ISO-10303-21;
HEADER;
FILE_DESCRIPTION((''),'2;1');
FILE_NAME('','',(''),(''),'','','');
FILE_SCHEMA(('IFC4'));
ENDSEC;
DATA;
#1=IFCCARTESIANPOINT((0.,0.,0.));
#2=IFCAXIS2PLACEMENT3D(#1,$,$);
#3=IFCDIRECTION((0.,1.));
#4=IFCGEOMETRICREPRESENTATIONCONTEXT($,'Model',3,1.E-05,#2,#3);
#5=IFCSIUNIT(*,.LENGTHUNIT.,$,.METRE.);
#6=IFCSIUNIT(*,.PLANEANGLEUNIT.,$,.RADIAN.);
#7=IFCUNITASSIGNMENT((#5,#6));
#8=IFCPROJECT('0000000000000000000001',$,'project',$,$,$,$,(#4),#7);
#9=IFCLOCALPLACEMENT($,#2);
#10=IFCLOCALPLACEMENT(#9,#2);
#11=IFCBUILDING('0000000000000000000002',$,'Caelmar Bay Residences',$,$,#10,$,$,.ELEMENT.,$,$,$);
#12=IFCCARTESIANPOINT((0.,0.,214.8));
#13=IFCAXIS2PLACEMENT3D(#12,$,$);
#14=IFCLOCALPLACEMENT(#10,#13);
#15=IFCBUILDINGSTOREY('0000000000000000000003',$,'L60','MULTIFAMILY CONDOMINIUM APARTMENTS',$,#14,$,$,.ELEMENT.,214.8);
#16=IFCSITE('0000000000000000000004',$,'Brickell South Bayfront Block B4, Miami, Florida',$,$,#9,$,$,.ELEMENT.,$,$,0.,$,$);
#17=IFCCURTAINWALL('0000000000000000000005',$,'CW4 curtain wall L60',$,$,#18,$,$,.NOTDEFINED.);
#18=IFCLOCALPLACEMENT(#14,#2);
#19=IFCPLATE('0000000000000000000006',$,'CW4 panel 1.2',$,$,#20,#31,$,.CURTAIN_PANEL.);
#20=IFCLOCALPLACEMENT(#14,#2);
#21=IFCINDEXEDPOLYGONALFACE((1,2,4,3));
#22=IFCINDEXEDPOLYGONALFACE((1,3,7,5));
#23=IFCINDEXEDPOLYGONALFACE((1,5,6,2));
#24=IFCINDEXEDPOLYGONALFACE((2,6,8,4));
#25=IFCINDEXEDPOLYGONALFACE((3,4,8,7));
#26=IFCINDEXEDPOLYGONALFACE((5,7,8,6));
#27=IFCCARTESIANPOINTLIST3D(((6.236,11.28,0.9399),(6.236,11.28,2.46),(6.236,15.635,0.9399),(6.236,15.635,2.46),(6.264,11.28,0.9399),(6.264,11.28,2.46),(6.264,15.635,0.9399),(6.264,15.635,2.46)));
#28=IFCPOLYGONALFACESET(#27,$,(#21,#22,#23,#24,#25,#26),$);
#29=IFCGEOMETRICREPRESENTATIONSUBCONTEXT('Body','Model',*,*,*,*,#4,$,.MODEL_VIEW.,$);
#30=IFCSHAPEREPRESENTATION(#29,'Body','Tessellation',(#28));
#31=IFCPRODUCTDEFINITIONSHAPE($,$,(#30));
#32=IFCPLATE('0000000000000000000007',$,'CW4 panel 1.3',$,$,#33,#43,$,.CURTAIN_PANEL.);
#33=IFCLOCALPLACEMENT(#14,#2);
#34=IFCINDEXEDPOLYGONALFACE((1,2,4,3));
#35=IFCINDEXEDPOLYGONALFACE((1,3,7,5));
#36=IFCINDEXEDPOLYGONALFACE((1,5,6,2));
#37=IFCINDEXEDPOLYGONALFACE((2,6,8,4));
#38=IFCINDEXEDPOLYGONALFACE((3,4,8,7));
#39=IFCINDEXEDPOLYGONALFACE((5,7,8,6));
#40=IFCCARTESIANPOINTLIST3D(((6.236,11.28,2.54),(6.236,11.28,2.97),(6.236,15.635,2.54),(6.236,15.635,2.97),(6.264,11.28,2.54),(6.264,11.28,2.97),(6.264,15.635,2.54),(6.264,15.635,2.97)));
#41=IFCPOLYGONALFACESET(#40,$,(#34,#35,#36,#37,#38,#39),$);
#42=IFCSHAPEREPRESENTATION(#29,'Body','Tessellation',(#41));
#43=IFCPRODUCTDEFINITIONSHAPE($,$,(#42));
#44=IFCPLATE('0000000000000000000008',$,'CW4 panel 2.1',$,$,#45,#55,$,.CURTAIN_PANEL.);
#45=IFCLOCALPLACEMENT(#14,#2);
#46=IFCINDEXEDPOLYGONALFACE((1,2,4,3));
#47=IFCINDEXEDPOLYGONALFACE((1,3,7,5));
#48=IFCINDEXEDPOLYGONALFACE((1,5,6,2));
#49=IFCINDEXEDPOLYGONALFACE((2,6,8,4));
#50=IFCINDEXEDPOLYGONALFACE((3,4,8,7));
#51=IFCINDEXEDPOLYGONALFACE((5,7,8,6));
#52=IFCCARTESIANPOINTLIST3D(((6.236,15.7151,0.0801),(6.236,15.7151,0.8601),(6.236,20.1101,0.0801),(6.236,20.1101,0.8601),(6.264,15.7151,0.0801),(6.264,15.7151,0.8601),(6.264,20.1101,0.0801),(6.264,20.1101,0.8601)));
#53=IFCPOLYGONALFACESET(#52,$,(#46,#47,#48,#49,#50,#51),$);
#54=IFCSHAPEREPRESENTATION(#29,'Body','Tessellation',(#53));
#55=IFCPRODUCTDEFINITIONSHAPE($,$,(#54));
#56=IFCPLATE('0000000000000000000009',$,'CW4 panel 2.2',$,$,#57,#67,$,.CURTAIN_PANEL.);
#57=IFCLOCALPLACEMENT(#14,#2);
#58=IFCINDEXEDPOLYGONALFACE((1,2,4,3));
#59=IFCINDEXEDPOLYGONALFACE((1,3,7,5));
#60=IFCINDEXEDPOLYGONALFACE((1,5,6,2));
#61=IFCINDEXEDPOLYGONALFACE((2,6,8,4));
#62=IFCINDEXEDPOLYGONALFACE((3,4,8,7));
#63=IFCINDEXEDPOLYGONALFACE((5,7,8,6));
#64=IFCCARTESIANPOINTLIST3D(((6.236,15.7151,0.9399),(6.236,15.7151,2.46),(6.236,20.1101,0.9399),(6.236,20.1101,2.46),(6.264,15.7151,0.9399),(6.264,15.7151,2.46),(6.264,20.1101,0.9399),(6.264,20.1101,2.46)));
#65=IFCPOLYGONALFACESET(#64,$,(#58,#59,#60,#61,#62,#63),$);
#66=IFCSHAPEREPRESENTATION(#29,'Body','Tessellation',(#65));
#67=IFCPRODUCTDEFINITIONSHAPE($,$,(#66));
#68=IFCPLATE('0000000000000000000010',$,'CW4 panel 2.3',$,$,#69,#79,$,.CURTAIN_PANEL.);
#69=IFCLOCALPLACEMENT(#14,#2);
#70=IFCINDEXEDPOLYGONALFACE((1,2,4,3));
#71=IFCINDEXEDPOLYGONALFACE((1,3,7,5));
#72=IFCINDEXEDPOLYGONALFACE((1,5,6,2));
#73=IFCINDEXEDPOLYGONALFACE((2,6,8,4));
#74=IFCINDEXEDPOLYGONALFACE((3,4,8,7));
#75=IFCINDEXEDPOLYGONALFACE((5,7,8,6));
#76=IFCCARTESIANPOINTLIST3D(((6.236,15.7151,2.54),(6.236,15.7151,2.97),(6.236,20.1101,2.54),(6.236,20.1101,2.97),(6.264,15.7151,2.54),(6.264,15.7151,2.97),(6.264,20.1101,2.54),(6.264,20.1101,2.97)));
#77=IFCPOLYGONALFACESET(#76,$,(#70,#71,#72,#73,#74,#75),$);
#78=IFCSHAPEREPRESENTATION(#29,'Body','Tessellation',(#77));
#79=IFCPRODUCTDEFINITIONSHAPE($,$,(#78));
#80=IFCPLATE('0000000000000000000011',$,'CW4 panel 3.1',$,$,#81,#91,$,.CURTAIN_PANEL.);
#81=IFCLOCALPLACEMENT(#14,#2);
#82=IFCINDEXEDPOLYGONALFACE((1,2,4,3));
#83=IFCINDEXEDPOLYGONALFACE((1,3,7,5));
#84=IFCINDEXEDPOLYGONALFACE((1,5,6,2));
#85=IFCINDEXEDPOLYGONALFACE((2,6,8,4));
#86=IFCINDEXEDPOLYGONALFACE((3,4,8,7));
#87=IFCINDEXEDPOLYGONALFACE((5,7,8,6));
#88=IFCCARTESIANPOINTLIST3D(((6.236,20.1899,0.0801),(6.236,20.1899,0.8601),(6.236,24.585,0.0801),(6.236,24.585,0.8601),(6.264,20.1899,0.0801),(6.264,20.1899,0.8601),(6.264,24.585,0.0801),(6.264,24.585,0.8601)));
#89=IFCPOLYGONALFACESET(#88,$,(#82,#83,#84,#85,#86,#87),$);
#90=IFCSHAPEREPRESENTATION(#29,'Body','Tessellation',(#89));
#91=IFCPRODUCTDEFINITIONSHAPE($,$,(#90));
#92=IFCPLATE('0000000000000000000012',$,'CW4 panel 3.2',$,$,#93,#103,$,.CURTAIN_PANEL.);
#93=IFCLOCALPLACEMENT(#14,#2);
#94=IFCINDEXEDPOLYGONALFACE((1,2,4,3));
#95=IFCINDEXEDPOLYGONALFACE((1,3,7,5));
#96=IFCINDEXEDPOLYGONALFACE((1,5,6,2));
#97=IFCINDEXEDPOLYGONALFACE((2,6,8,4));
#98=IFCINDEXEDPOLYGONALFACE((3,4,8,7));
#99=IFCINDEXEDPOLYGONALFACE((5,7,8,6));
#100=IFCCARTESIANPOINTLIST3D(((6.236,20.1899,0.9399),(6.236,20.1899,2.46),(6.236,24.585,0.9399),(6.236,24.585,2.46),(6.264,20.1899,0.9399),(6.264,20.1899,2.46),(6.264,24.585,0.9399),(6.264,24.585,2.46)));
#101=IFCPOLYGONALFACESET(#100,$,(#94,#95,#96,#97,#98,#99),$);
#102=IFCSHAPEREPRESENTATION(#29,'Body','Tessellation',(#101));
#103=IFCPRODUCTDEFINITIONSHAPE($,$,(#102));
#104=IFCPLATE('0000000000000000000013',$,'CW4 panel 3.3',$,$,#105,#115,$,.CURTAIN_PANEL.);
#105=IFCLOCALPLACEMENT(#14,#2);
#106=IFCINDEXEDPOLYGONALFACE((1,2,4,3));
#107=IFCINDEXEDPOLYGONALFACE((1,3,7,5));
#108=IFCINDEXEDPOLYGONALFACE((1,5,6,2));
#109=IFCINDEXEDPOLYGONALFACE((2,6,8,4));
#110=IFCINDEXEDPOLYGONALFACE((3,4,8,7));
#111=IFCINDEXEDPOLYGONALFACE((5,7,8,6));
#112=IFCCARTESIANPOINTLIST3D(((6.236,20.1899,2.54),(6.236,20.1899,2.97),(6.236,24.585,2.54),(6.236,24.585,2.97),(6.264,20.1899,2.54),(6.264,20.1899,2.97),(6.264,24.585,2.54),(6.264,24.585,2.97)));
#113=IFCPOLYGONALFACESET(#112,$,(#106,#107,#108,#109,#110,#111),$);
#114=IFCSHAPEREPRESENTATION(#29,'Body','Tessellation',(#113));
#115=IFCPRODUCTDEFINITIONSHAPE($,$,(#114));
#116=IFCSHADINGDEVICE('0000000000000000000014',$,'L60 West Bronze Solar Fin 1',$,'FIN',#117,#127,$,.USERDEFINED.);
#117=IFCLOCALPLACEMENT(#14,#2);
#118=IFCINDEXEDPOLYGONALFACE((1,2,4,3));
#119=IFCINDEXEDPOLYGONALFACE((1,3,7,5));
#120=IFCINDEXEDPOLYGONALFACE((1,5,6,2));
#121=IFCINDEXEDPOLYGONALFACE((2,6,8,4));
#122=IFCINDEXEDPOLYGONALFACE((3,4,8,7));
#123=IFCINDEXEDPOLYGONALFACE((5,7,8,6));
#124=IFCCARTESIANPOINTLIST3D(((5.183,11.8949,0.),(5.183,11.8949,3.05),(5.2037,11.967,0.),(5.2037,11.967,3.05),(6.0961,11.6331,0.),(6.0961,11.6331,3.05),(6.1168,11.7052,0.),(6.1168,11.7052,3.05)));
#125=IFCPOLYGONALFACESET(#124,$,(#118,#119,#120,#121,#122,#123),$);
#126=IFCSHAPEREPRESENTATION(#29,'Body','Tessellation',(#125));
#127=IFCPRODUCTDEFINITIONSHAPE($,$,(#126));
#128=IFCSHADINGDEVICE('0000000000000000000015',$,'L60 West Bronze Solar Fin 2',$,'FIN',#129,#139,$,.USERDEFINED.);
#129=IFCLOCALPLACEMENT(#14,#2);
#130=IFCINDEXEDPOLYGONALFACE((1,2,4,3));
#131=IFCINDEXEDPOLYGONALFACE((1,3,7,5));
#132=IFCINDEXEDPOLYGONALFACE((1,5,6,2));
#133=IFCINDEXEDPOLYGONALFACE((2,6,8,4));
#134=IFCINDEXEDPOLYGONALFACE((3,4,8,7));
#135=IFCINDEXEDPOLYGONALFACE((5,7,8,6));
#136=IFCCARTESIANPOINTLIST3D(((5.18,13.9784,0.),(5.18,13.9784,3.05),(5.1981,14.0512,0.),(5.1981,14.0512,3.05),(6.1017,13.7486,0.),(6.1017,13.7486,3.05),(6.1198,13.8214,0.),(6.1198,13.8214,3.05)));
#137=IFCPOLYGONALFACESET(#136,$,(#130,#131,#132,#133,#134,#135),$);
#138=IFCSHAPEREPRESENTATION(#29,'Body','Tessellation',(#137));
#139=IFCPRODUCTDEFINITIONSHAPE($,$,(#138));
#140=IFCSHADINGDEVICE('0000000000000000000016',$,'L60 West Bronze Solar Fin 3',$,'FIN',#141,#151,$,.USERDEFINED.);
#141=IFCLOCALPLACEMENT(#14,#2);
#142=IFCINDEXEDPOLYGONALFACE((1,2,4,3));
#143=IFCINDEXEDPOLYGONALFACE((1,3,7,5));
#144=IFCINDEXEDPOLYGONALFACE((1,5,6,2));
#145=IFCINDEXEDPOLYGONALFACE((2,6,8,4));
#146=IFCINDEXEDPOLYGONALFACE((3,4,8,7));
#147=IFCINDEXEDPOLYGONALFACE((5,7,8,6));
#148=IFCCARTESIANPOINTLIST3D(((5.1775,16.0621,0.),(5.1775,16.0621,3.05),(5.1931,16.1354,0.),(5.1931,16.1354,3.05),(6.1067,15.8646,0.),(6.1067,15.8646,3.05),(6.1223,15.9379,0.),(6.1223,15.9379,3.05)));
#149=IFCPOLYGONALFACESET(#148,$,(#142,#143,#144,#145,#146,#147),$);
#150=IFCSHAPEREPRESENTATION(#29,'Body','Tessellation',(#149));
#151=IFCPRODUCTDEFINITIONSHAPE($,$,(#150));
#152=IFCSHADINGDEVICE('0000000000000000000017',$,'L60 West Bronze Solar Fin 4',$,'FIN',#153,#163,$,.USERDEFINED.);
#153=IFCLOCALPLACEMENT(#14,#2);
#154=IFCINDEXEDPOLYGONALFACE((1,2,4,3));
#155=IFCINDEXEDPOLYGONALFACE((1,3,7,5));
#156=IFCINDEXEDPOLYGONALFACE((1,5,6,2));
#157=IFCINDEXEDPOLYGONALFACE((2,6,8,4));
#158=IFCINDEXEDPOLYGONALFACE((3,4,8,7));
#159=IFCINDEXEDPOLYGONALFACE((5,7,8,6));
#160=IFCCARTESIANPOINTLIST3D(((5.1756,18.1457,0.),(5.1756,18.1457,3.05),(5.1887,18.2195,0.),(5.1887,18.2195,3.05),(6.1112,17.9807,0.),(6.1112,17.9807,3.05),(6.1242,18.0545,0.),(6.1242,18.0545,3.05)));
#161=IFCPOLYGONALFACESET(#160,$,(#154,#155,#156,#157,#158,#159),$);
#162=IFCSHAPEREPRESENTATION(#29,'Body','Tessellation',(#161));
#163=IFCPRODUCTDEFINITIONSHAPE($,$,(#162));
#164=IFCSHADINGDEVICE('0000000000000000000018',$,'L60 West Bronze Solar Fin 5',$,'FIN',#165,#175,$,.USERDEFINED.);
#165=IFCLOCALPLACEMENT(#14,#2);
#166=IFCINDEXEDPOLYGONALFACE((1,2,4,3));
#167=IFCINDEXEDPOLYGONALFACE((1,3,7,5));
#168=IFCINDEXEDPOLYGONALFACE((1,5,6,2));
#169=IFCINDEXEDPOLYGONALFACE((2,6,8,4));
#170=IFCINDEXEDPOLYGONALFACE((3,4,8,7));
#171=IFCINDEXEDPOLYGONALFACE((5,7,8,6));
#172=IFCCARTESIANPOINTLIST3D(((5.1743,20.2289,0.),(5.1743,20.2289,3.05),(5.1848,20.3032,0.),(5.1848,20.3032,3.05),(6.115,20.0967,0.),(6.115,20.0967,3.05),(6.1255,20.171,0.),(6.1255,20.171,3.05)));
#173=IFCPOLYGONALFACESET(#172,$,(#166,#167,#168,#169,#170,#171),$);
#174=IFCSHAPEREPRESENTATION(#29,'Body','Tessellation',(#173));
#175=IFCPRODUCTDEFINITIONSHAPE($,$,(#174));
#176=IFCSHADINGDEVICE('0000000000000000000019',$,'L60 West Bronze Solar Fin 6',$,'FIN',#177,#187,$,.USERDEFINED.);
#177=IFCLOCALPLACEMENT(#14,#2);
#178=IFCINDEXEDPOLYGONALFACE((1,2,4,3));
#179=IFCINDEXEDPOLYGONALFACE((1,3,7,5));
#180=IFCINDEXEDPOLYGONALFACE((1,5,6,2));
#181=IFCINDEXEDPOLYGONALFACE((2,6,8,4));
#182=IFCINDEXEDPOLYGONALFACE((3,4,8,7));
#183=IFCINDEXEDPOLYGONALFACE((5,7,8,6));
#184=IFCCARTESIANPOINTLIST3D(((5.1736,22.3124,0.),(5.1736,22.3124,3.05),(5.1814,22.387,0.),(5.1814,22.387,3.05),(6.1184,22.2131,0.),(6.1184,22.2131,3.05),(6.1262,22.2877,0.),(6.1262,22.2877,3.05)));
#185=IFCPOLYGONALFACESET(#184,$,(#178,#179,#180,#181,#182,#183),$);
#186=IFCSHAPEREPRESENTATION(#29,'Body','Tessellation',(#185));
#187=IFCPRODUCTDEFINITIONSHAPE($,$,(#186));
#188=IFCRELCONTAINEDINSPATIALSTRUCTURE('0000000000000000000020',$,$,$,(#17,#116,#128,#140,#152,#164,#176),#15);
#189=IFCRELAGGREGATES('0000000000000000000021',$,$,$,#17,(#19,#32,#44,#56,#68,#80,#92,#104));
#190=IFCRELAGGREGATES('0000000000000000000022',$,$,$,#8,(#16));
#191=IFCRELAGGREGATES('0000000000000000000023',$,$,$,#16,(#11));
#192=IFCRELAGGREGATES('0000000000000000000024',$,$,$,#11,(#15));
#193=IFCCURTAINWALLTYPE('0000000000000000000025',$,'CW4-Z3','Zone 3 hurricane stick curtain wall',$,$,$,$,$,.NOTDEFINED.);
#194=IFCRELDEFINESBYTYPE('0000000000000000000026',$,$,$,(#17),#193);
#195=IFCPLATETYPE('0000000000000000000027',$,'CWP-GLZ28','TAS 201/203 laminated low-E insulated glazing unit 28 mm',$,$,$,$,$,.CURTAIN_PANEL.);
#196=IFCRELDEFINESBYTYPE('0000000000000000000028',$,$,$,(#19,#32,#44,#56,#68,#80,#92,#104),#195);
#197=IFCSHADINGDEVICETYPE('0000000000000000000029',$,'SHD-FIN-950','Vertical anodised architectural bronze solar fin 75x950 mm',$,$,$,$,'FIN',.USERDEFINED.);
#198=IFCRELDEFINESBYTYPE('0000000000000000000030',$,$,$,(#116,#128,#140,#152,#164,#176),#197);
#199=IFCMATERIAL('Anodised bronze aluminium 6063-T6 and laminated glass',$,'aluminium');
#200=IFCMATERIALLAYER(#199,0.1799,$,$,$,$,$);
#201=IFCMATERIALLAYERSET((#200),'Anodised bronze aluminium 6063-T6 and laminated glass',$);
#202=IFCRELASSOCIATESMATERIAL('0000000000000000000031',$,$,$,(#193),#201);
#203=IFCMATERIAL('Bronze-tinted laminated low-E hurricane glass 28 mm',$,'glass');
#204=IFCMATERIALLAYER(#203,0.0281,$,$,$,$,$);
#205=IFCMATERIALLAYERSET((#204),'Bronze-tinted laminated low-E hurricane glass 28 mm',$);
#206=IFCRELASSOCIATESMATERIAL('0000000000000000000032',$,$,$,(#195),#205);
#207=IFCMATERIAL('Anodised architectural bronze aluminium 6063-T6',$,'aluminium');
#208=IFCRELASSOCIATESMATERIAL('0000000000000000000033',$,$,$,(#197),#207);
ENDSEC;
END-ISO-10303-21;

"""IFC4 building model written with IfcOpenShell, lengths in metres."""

from ifc_helpers import new_model, si_unit, direction, frame, origin, origin_2d, place, context, subcontext, project, spatial, rectangle, extrude, material, layer, layer_set, material_profile, profile_set, type_object, element, aggregate, save


model = new_model("IFC4")

# Units and contexts
model_context = context("Model", 3, precision=1e-05, world=origin(), true_north=direction((0.0, 1.0)))
body_context = subcontext(model_context, "Body", "Model", "MODEL_VIEW")
ifc_project = project(units=[si_unit("LENGTHUNIT", "METRE"), si_unit("PLANEANGLEUNIT", "RADIAN")], contexts=[model_context])

# Site, building, storey
site_placement = place(None, origin())
site = spatial("IfcSite", under=ifc_project, at=site_placement, Name="Brickell South Bayfront Block B4, Miami, Florida", CompositionType="ELEMENT", RefElevation=0.0)
building_placement = place(site_placement, origin())
building = spatial("IfcBuilding", under=site, at=building_placement, Name="Caelmar Bay Residences", CompositionType="ELEMENT")
storey_placement = place(building_placement, frame((0.0, 0.0, 214.8)))
storey = spatial("IfcBuildingStorey", under=building, at=storey_placement, Name="L60", Description="MULTIFAMILY CONDOMINIUM APARTMENTS", CompositionType="ELEMENT", Elevation=214.8)

# Curtain wall, plates
ifc_material_1 = material(Name="Anodised bronze aluminium 6063-T6 and laminated glass", Category="aluminium")
ifc_layer_1 = layer(ifc_material_1, 0.1799)
ifc_layer_set_1 = layer_set([ifc_layer_1], Name="Anodised bronze aluminium 6063-T6 and laminated glass")
curtain_wall_type = type_object("IfcCurtainWallType", Name="CW4-Z3", Description="Zone 3 hurricane stick curtain wall", PredefinedType="NOTDEFINED", material=ifc_layer_set_1)
curtain_wall_placement = place(storey_placement, origin())
curtain_wall = element("IfcCurtainWall", 1, at=curtain_wall_placement, inside=storey, type_object=curtain_wall_type, Name="CW4 curtain wall L60", PredefinedType="NOTDEFINED")
ifc_material_2 = material(Name="Bronze-tinted laminated low-E hurricane glass 28 mm", Category="glass")
ifc_layer_2 = layer(ifc_material_2, 0.0281)
ifc_layer_set_2 = layer_set([ifc_layer_2], Name="Bronze-tinted laminated low-E hurricane glass 28 mm")
plate_type = type_object("IfcPlateType", Name="CWP-GLZ28", Description="TAS 201/203 laminated low-E insulated glazing unit 28 mm", PredefinedType="CURTAIN_PANEL", material=ifc_layer_set_2)
plate_1_placement = place(storey_placement, frame((6.25, 13.4575, 0.9399), z_axis=(0.0, 0.0, 1.0), x_axis=(0.0, 1.0, 0.0)))
plate_1 = element("IfcPlate", 2, at=plate_1_placement, type_object=plate_type, Name="CW4 panel 1.2", PredefinedType="CURTAIN_PANEL", context=body_context, shape_type="SweptSolid", body=[
    extrude(rectangle(XDim=4.355, YDim=0.0281, at=origin_2d()), origin(), (0.0, 0.0, 1.0), 1.52),
])
plate_2_placement = place(storey_placement, frame((6.25, 13.4575, 2.54), z_axis=(0.0, 0.0, 1.0), x_axis=(0.0, 1.0, 0.0)))
plate_2 = element("IfcPlate", 3, at=plate_2_placement, type_object=plate_type, Name="CW4 panel 1.3", PredefinedType="CURTAIN_PANEL", context=body_context, shape_type="SweptSolid", body=[
    extrude(rectangle(XDim=4.355, YDim=0.0281, at=origin_2d()), origin(), (0.0, 0.0, 1.0), 0.4299),
])
plate_3_placement = place(storey_placement, frame((6.25, 17.9126, 0.0801), z_axis=(0.0, 0.0, 1.0), x_axis=(0.0, 1.0, 0.0)))
plate_3 = element("IfcPlate", 4, at=plate_3_placement, type_object=plate_type, Name="CW4 panel 2.1", PredefinedType="CURTAIN_PANEL", context=body_context, shape_type="SweptSolid", body=[
    extrude(rectangle(XDim=4.395, YDim=0.0281, at=origin_2d()), origin(), (0.0, 0.0, 1.0), 0.78),
])
plate_4_placement = place(storey_placement, frame((6.25, 17.9126, 0.9399), z_axis=(0.0, 0.0, 1.0), x_axis=(0.0, 1.0, 0.0)))
plate_4 = element("IfcPlate", 5, at=plate_4_placement, type_object=plate_type, Name="CW4 panel 2.2", PredefinedType="CURTAIN_PANEL", context=body_context, shape_type="SweptSolid", body=[
    extrude(rectangle(XDim=4.395, YDim=0.0281, at=origin_2d()), origin(), (0.0, 0.0, 1.0), 1.52),
])
plate_5_placement = place(storey_placement, frame((6.25, 17.9126, 2.54), z_axis=(0.0, 0.0, 1.0), x_axis=(0.0, 1.0, 0.0)))
plate_5 = element("IfcPlate", 6, at=plate_5_placement, type_object=plate_type, Name="CW4 panel 2.3", PredefinedType="CURTAIN_PANEL", context=body_context, shape_type="SweptSolid", body=[
    extrude(rectangle(XDim=4.395, YDim=0.0281, at=origin_2d()), origin(), (0.0, 0.0, 1.0), 0.4299),
])
plate_6_placement = place(storey_placement, frame((6.25, 22.3875, 0.0801), z_axis=(0.0, 0.0, 1.0), x_axis=(0.0, 1.0, 0.0)))
plate_6 = element("IfcPlate", 7, at=plate_6_placement, type_object=plate_type, Name="CW4 panel 3.1", PredefinedType="CURTAIN_PANEL", context=body_context, shape_type="SweptSolid", body=[
    extrude(rectangle(XDim=4.395, YDim=0.0281, at=origin_2d()), origin(), (0.0, 0.0, 1.0), 0.78),
])
plate_7_placement = place(storey_placement, frame((6.25, 22.3875, 0.9399), z_axis=(0.0, 0.0, 1.0), x_axis=(0.0, 1.0, 0.0)))
plate_7 = element("IfcPlate", 8, at=plate_7_placement, type_object=plate_type, Name="CW4 panel 3.2", PredefinedType="CURTAIN_PANEL", context=body_context, shape_type="SweptSolid", body=[
    extrude(rectangle(XDim=4.395, YDim=0.0281, at=origin_2d()), origin(), (0.0, 0.0, 1.0), 1.52),
])
plate_8_placement = place(storey_placement, frame((6.25, 22.3875, 2.54), z_axis=(0.0, 0.0, 1.0), x_axis=(0.0, 1.0, 0.0)))
plate_8 = element("IfcPlate", 9, at=plate_8_placement, type_object=plate_type, Name="CW4 panel 3.3", PredefinedType="CURTAIN_PANEL", context=body_context, shape_type="SweptSolid", body=[
    extrude(rectangle(XDim=4.395, YDim=0.0281, at=origin_2d()), origin(), (0.0, 0.0, 1.0), 0.4299),
])
aggregate(curtain_wall, [plate_1, plate_2, plate_3, plate_4, plate_5, plate_6, plate_7, plate_8])

# Shading devices
ifc_material_3 = material(Name="Anodised architectural bronze aluminium 6063-T6", Category="aluminium")
ifc_material_profile_1 = material_profile(ifc_material_3, rectangle(XDim=0.075, YDim=0.95, at=origin_2d()), Name="BRONZE-FIN-75X950")
ifc_profile_set_1 = profile_set([ifc_material_profile_1], Name="Anodised architectural bronze aluminium 6063-T6")
shading_device_type = type_object("IfcShadingDeviceType", Name="SHD-FIN-950", Description="Vertical anodised architectural bronze solar fin 75x950 mm", ElementType="FIN", PredefinedType="USERDEFINED", material=ifc_profile_set_1)
for number, where, z_axis, x_axis, name in (
    (10, (5.6499, 11.8, 0.0), (0.0, 0.0, 1.0), (0.275637, 0.961262, 0.0), "L60 West Bronze Solar Fin 1"),
    (11, (5.6499, 13.8999, 0.0), (0.0, 0.0, 1.0), (0.241922, 0.970296, 0.0), "L60 West Bronze Solar Fin 2"),
    (12, (5.6499, 16.0, 0.0), (0.0, 0.0, 1.0), (0.207912, 0.978148, 0.0), "L60 West Bronze Solar Fin 3"),
    (13, (5.6499, 18.1001, 0.0), (0.0, 0.0, 1.0), (0.173648, 0.984808, 0.0), "L60 West Bronze Solar Fin 4"),
    (14, (5.6499, 20.2, 0.0), (0.0, 0.0, 1.0), (0.139173, 0.990268, 0.0), "L60 West Bronze Solar Fin 5"),
    (15, (5.6499, 22.3, 0.0), (0.0, 0.0, 1.0), (0.104528, 0.994522, 0.0), "L60 West Bronze Solar Fin 6"),
):
    element("IfcShadingDevice", number, at=place(storey_placement, frame(where, z_axis=z_axis, x_axis=x_axis)), inside=storey, type_object=shading_device_type, Name=name, ObjectType="FIN", PredefinedType="USERDEFINED", context=body_context, shape_type="SweptSolid", body=[
        extrude(rectangle(XDim=0.075, YDim=0.95, at=origin_2d()), origin(), (0.0, 0.0, 1.0), 3.05),
    ])

save(model, "model.ifc")
